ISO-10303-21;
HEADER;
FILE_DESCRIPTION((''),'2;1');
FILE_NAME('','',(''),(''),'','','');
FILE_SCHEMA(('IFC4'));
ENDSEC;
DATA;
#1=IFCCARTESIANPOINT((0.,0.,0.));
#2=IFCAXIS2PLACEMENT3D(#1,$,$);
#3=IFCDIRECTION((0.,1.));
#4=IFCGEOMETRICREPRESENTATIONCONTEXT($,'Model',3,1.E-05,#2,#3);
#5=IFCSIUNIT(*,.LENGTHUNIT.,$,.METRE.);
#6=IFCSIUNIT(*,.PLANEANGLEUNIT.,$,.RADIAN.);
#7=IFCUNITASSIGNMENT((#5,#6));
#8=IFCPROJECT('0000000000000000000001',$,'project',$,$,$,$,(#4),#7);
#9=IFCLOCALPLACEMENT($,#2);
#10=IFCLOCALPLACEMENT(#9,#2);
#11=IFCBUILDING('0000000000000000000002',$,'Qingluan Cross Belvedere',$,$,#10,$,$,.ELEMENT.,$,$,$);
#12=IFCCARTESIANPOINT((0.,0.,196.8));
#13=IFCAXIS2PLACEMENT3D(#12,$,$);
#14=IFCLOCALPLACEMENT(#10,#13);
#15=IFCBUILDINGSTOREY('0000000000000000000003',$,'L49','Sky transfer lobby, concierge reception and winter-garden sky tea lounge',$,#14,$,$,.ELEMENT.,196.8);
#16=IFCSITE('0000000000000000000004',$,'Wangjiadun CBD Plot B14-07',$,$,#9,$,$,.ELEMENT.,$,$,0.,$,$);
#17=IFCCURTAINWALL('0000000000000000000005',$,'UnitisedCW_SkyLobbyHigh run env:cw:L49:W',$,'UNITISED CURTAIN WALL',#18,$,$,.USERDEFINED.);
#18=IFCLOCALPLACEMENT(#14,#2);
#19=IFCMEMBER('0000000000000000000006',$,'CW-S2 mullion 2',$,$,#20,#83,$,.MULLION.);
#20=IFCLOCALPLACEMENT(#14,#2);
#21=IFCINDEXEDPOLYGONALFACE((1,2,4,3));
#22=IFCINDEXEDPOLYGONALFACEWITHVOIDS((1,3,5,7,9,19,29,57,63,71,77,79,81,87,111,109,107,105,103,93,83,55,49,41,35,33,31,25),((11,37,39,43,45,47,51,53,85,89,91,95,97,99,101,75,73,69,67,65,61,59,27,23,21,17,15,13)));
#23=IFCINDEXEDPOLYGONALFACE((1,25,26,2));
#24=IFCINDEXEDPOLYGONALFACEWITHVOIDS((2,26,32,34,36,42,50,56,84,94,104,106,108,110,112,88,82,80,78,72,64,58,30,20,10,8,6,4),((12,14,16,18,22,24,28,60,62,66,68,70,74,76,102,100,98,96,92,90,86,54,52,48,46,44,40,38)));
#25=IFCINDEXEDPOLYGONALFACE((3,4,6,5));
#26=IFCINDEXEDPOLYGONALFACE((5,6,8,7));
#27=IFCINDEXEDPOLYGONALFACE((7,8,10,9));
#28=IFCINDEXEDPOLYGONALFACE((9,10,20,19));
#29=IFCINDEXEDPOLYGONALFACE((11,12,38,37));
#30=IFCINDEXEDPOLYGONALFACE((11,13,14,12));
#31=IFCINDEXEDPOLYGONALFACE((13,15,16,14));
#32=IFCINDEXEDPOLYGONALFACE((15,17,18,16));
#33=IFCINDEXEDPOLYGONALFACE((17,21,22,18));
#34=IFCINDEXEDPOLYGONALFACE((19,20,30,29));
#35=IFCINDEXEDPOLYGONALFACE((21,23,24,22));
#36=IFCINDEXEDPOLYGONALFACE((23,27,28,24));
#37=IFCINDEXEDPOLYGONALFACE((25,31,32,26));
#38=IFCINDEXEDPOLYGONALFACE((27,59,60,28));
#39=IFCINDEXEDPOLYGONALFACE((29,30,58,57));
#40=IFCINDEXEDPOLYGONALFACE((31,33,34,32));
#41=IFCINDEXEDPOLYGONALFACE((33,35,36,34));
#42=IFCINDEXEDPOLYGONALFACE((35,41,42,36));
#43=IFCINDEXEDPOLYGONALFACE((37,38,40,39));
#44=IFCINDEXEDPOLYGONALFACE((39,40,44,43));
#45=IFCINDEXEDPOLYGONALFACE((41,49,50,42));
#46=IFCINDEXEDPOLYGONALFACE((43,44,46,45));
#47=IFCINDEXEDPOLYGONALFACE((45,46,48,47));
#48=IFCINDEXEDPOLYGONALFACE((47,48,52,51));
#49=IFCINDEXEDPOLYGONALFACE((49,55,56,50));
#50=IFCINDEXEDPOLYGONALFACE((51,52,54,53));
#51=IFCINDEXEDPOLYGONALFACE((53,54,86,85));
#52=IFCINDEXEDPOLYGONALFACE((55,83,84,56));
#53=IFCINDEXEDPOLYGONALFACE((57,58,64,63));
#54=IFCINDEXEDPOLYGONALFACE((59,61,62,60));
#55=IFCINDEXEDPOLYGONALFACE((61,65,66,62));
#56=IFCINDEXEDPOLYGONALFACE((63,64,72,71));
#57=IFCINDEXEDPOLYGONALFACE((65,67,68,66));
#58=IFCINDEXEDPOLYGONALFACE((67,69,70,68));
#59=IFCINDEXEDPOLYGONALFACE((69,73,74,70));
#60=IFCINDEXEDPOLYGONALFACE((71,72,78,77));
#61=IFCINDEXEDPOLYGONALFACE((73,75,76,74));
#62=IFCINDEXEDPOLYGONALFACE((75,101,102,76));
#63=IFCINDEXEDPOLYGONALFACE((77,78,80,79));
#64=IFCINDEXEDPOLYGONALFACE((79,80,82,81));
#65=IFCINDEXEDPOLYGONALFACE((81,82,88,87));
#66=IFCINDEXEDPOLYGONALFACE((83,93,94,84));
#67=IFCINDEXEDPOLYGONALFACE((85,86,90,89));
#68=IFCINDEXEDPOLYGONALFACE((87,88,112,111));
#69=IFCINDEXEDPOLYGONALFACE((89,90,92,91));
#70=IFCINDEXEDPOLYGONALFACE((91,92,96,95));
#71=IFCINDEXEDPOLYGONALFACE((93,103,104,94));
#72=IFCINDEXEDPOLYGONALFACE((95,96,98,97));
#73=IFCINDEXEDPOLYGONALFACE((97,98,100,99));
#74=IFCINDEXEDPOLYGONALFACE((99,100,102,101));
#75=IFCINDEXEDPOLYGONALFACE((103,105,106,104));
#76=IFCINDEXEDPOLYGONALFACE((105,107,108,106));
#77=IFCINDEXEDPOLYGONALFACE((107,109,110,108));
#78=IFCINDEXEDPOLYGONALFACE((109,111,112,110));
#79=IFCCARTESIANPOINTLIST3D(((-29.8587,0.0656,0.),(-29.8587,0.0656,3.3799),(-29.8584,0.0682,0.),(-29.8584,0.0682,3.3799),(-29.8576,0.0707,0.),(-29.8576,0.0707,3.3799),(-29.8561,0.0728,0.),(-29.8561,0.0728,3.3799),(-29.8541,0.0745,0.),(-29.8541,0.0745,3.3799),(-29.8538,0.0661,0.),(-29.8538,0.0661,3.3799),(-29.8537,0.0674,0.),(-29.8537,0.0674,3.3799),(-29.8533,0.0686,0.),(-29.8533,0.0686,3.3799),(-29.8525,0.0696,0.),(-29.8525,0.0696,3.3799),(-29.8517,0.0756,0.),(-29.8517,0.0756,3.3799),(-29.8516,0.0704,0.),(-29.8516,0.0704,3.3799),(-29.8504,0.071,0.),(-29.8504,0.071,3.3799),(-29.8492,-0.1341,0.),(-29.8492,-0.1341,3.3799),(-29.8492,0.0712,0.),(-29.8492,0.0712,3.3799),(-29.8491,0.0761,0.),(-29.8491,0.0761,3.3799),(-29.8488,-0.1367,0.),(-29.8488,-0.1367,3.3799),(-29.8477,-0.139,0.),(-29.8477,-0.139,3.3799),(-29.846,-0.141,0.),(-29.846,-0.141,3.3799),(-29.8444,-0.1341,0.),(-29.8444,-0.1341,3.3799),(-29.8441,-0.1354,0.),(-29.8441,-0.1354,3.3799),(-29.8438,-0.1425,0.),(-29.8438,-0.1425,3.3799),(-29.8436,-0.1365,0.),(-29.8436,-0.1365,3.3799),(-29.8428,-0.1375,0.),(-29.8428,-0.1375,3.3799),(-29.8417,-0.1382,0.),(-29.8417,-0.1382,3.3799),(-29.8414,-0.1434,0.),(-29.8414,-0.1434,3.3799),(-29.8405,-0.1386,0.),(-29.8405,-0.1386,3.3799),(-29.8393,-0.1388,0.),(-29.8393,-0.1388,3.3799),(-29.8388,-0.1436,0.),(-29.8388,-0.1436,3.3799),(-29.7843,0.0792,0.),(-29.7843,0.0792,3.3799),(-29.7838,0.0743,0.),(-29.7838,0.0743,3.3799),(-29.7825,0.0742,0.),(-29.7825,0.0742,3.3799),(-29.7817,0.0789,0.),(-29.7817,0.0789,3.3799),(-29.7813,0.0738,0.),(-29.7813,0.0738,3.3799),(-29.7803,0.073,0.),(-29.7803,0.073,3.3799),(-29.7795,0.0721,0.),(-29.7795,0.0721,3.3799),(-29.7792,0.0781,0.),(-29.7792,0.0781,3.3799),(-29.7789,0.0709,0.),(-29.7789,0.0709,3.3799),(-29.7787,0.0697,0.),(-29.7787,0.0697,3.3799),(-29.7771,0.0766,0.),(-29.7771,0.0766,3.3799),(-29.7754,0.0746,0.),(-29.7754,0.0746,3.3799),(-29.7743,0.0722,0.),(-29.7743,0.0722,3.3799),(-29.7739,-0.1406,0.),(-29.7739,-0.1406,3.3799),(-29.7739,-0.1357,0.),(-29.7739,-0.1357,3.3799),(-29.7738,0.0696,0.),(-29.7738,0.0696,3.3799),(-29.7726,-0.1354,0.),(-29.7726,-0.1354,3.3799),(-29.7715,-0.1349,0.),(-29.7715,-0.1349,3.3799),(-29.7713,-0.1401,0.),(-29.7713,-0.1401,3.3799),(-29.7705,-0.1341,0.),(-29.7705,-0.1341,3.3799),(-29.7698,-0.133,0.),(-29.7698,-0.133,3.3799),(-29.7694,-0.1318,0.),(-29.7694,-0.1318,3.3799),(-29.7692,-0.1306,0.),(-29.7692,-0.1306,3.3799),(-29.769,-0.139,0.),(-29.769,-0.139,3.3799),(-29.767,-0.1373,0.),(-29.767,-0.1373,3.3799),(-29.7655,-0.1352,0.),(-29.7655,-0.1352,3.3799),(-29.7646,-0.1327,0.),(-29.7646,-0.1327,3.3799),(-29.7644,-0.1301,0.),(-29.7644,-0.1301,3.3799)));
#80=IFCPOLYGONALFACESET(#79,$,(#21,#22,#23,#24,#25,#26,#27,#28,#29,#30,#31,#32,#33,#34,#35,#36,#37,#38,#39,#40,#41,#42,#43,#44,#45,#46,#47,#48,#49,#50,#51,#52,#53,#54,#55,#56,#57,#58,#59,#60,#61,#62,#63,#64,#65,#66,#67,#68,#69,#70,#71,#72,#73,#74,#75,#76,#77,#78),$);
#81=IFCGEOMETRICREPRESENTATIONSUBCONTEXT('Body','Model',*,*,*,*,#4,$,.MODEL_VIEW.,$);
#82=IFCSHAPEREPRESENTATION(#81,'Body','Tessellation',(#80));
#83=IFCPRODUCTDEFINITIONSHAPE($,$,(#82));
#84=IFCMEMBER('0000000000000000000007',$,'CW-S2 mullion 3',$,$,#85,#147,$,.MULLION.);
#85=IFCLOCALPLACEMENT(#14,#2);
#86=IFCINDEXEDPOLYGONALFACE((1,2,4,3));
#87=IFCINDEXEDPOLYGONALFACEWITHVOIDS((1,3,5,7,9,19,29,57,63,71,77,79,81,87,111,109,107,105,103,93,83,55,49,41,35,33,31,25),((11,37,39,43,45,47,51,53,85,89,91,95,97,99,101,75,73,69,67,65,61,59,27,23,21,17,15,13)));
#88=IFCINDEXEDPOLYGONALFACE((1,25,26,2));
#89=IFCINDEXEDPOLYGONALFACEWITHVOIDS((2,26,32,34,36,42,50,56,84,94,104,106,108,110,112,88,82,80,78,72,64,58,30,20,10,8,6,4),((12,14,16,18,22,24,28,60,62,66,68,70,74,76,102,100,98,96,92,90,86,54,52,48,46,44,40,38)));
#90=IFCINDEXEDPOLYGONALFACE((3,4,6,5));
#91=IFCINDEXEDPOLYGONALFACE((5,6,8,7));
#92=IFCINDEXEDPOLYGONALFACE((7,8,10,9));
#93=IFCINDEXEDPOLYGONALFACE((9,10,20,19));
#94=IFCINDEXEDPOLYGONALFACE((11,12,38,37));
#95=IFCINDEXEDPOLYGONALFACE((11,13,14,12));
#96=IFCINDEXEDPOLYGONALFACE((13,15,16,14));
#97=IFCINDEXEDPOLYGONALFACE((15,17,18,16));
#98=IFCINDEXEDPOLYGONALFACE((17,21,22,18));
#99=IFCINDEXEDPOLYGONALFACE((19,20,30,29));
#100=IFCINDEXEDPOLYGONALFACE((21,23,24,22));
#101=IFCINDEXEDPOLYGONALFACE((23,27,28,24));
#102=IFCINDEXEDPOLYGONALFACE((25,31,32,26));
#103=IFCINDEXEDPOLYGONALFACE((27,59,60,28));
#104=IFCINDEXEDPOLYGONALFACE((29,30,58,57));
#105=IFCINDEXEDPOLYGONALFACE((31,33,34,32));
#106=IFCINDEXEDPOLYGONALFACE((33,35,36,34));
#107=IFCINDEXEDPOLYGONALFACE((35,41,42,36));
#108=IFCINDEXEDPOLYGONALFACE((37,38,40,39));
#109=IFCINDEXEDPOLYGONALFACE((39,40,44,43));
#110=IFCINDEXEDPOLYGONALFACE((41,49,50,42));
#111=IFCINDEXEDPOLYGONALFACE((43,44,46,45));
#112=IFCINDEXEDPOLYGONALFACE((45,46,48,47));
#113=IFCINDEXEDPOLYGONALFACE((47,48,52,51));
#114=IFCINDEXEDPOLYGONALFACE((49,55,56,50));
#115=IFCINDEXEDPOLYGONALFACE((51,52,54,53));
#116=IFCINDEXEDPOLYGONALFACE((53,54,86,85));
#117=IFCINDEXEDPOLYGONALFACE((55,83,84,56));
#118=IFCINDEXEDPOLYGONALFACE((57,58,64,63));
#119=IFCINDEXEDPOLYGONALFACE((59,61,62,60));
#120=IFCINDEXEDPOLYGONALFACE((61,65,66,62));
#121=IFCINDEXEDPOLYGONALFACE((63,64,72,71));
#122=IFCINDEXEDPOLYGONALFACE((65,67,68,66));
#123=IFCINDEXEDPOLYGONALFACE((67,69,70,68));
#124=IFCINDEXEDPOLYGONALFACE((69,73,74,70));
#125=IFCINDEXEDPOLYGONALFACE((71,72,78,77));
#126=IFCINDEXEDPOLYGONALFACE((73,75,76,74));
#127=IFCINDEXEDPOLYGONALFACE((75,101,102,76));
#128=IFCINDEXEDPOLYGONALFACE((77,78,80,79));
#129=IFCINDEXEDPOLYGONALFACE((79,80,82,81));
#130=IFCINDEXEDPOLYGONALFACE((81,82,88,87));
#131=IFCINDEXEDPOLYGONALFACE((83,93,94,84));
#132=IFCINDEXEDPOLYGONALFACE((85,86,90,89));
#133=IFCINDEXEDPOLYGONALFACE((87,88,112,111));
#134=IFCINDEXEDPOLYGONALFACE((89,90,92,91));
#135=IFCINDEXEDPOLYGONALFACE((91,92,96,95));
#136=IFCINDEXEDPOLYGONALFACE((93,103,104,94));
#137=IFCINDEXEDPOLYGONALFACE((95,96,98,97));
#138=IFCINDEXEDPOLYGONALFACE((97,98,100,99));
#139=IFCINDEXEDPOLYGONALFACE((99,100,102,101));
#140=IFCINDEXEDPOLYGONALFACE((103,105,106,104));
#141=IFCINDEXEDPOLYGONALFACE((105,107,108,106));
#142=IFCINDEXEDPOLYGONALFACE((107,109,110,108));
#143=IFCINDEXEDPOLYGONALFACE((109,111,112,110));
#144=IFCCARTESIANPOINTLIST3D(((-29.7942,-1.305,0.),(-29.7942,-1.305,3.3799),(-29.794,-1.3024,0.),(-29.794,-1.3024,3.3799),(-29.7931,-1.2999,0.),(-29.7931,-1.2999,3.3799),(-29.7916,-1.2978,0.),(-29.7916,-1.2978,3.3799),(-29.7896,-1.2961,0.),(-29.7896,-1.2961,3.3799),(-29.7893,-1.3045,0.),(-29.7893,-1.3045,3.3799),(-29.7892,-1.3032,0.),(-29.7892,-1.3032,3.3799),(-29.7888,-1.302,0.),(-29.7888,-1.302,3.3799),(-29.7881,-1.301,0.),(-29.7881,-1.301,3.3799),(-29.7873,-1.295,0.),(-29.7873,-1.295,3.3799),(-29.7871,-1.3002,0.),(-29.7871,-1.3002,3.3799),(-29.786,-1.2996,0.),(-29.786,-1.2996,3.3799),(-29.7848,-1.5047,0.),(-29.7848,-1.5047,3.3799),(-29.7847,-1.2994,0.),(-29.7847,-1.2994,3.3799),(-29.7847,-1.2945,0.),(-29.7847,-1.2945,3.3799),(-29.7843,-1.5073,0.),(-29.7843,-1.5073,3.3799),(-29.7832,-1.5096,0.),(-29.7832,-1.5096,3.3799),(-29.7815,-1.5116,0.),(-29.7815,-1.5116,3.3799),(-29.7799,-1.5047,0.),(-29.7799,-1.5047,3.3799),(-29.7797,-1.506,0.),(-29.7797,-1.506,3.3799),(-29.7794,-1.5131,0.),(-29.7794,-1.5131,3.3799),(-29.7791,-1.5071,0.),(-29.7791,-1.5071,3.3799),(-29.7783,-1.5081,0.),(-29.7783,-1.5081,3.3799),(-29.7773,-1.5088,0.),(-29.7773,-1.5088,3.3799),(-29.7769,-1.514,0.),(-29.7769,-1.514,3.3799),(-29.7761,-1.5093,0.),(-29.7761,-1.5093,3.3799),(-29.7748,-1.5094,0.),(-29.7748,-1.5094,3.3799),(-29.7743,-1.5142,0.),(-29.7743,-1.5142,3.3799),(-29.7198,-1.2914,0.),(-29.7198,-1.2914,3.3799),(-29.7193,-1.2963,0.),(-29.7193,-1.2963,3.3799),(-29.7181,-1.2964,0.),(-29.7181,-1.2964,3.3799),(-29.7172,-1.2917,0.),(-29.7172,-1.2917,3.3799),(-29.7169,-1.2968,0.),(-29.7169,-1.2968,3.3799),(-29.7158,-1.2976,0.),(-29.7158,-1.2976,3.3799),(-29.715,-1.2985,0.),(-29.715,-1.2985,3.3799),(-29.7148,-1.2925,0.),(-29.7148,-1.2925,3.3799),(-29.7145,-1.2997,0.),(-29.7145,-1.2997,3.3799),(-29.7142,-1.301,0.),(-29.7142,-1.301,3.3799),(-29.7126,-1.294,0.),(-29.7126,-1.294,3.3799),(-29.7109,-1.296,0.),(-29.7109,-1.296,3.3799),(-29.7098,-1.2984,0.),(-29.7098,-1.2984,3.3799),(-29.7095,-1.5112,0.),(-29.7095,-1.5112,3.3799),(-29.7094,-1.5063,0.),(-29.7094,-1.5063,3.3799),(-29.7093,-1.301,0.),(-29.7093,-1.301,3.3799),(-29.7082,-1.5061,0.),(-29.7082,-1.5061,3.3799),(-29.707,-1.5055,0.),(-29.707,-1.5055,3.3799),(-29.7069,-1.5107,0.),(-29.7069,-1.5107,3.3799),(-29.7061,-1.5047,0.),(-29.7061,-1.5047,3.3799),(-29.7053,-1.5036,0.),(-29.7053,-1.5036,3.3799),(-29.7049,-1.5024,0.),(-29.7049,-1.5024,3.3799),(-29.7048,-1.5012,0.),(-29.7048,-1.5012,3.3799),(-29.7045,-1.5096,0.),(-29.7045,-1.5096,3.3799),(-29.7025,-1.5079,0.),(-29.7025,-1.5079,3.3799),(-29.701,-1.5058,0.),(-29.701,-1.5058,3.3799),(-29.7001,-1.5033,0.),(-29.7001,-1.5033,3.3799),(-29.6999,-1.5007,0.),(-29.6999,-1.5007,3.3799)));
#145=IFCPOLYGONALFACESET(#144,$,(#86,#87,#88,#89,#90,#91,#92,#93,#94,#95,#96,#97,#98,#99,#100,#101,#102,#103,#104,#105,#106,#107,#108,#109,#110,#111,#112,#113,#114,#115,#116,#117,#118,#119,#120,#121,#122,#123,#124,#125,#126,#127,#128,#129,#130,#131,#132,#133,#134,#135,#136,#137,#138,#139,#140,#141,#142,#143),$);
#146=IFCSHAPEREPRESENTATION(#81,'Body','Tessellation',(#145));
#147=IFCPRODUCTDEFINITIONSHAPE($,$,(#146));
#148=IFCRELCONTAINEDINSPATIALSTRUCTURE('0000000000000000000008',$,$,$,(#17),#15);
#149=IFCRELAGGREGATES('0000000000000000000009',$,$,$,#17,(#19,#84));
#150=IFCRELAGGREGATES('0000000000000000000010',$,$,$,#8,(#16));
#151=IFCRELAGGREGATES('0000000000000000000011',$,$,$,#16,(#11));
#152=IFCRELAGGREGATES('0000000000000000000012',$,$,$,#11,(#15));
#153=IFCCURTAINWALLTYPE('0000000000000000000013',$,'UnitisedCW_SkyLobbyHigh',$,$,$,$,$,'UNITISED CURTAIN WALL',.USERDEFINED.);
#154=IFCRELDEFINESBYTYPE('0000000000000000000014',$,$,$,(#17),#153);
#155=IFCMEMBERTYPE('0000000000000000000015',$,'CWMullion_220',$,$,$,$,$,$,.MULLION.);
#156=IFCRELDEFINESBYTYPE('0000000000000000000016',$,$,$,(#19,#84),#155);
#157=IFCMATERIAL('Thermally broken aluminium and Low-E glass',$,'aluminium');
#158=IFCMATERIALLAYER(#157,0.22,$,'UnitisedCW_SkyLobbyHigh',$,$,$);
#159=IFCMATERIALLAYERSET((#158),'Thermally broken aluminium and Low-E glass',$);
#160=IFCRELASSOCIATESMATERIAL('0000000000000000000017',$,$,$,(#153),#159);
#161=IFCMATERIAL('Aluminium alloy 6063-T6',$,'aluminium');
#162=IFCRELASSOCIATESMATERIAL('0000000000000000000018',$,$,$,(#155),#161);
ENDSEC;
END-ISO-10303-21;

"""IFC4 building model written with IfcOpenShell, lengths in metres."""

from ifc_helpers import new_model, si_unit, direction, frame, origin, origin_2d, place, context, subcontext, project, spatial, hollow_rectangle, extrude, material, layer, layer_set, material_profile, profile_set, type_object, element, aggregate, save


model = new_model("IFC4")

# Units and contexts
model_context = context("Model", 3, precision=1e-05, world=origin(), true_north=direction((0.0, 1.0)))
body_context = subcontext(model_context, "Body", "Model", "MODEL_VIEW")
ifc_project = project(units=[si_unit("LENGTHUNIT", "METRE"), si_unit("PLANEANGLEUNIT", "RADIAN")], contexts=[model_context])

# Site, building, storey
site_placement = place(None, origin())
site = spatial("IfcSite", under=ifc_project, at=site_placement, Name="Wangjiadun CBD Plot B14-07", CompositionType="ELEMENT", RefElevation=0.0)
building_placement = place(site_placement, origin())
building = spatial("IfcBuilding", under=site, at=building_placement, Name="Qingluan Cross Belvedere", CompositionType="ELEMENT")
storey_placement = place(building_placement, frame((0.0, 0.0, 196.8)))
storey = spatial("IfcBuildingStorey", under=building, at=storey_placement, Name="L49", Description="Sky transfer lobby, concierge reception and winter-garden sky tea lounge", CompositionType="ELEMENT", Elevation=196.8)

# Curtain wall, members
ifc_material_1 = material(Name="Thermally broken aluminium and Low-E glass", Category="aluminium")
ifc_layer_1 = layer(ifc_material_1, 0.22, Name="UnitisedCW_SkyLobbyHigh")
ifc_layer_set_1 = layer_set([ifc_layer_1], Name="Thermally broken aluminium and Low-E glass")
curtain_wall_type = type_object("IfcCurtainWallType", Name="UnitisedCW_SkyLobbyHigh", ElementType="UNITISED CURTAIN WALL", PredefinedType="USERDEFINED", material=ifc_layer_set_1)
curtain_wall_placement = place(storey_placement, origin())
curtain_wall = element("IfcCurtainWall", 1, at=curtain_wall_placement, inside=storey, type_object=curtain_wall_type, Name="UnitisedCW_SkyLobbyHigh run env:cw:L49:W", ObjectType="UNITISED CURTAIN WALL", PredefinedType="USERDEFINED")
ifc_material_2 = material(Name="Aluminium alloy 6063-T6", Category="aluminium")
ifc_material_profile_1 = material_profile(ifc_material_2, hollow_rectangle(XDim=0.085, YDim=0.22, WallThickness=0.0049, InnerFilletRadius=0.0049, OuterFilletRadius=0.01, at=origin_2d()), Name="CWM220x85x5")
ifc_profile_set_1 = profile_set([ifc_material_profile_1], Name="Aluminium alloy 6063-T6")
member_type_1 = type_object("IfcMemberType", Name="CWMullion_220", PredefinedType="MULLION", material=ifc_profile_set_1)
member_1_placement = place(storey_placement, frame((-29.8115, -0.0322, 0.0), z_axis=(0.0, 0.0, 1.0), x_axis=(0.99889, 0.047102, 0.0)))
member_1 = element("IfcMember", 2, at=member_1_placement, type_object=member_type_1, Name="CW-S2 mullion 2", PredefinedType="MULLION", context=body_context, shape_type="SweptSolid", body=[
    extrude(hollow_rectangle(XDim=0.085, YDim=0.22, WallThickness=0.0049, InnerFilletRadius=0.0049, OuterFilletRadius=0.01, at=origin_2d()), origin(), (0.0, 0.0, 1.0), 3.3799),
])
member_2_placement = place(storey_placement, frame((-29.7471, -1.4028, 0.0), z_axis=(0.0, 0.0, 1.0), x_axis=(0.99889, 0.047102, 0.0)))
member_2 = element("IfcMember", 3, at=member_2_placement, type_object=member_type_1, Name="CW-S2 mullion 3", PredefinedType="MULLION", context=body_context, shape_type="SweptSolid", body=[
    extrude(hollow_rectangle(XDim=0.085, YDim=0.22, WallThickness=0.0049, InnerFilletRadius=0.0049, OuterFilletRadius=0.01, at=origin_2d()), origin(), (0.0, 0.0, 1.0), 3.3799),
])
aggregate(curtain_wall, [member_1, member_2])

save(model, "model.ifc")
